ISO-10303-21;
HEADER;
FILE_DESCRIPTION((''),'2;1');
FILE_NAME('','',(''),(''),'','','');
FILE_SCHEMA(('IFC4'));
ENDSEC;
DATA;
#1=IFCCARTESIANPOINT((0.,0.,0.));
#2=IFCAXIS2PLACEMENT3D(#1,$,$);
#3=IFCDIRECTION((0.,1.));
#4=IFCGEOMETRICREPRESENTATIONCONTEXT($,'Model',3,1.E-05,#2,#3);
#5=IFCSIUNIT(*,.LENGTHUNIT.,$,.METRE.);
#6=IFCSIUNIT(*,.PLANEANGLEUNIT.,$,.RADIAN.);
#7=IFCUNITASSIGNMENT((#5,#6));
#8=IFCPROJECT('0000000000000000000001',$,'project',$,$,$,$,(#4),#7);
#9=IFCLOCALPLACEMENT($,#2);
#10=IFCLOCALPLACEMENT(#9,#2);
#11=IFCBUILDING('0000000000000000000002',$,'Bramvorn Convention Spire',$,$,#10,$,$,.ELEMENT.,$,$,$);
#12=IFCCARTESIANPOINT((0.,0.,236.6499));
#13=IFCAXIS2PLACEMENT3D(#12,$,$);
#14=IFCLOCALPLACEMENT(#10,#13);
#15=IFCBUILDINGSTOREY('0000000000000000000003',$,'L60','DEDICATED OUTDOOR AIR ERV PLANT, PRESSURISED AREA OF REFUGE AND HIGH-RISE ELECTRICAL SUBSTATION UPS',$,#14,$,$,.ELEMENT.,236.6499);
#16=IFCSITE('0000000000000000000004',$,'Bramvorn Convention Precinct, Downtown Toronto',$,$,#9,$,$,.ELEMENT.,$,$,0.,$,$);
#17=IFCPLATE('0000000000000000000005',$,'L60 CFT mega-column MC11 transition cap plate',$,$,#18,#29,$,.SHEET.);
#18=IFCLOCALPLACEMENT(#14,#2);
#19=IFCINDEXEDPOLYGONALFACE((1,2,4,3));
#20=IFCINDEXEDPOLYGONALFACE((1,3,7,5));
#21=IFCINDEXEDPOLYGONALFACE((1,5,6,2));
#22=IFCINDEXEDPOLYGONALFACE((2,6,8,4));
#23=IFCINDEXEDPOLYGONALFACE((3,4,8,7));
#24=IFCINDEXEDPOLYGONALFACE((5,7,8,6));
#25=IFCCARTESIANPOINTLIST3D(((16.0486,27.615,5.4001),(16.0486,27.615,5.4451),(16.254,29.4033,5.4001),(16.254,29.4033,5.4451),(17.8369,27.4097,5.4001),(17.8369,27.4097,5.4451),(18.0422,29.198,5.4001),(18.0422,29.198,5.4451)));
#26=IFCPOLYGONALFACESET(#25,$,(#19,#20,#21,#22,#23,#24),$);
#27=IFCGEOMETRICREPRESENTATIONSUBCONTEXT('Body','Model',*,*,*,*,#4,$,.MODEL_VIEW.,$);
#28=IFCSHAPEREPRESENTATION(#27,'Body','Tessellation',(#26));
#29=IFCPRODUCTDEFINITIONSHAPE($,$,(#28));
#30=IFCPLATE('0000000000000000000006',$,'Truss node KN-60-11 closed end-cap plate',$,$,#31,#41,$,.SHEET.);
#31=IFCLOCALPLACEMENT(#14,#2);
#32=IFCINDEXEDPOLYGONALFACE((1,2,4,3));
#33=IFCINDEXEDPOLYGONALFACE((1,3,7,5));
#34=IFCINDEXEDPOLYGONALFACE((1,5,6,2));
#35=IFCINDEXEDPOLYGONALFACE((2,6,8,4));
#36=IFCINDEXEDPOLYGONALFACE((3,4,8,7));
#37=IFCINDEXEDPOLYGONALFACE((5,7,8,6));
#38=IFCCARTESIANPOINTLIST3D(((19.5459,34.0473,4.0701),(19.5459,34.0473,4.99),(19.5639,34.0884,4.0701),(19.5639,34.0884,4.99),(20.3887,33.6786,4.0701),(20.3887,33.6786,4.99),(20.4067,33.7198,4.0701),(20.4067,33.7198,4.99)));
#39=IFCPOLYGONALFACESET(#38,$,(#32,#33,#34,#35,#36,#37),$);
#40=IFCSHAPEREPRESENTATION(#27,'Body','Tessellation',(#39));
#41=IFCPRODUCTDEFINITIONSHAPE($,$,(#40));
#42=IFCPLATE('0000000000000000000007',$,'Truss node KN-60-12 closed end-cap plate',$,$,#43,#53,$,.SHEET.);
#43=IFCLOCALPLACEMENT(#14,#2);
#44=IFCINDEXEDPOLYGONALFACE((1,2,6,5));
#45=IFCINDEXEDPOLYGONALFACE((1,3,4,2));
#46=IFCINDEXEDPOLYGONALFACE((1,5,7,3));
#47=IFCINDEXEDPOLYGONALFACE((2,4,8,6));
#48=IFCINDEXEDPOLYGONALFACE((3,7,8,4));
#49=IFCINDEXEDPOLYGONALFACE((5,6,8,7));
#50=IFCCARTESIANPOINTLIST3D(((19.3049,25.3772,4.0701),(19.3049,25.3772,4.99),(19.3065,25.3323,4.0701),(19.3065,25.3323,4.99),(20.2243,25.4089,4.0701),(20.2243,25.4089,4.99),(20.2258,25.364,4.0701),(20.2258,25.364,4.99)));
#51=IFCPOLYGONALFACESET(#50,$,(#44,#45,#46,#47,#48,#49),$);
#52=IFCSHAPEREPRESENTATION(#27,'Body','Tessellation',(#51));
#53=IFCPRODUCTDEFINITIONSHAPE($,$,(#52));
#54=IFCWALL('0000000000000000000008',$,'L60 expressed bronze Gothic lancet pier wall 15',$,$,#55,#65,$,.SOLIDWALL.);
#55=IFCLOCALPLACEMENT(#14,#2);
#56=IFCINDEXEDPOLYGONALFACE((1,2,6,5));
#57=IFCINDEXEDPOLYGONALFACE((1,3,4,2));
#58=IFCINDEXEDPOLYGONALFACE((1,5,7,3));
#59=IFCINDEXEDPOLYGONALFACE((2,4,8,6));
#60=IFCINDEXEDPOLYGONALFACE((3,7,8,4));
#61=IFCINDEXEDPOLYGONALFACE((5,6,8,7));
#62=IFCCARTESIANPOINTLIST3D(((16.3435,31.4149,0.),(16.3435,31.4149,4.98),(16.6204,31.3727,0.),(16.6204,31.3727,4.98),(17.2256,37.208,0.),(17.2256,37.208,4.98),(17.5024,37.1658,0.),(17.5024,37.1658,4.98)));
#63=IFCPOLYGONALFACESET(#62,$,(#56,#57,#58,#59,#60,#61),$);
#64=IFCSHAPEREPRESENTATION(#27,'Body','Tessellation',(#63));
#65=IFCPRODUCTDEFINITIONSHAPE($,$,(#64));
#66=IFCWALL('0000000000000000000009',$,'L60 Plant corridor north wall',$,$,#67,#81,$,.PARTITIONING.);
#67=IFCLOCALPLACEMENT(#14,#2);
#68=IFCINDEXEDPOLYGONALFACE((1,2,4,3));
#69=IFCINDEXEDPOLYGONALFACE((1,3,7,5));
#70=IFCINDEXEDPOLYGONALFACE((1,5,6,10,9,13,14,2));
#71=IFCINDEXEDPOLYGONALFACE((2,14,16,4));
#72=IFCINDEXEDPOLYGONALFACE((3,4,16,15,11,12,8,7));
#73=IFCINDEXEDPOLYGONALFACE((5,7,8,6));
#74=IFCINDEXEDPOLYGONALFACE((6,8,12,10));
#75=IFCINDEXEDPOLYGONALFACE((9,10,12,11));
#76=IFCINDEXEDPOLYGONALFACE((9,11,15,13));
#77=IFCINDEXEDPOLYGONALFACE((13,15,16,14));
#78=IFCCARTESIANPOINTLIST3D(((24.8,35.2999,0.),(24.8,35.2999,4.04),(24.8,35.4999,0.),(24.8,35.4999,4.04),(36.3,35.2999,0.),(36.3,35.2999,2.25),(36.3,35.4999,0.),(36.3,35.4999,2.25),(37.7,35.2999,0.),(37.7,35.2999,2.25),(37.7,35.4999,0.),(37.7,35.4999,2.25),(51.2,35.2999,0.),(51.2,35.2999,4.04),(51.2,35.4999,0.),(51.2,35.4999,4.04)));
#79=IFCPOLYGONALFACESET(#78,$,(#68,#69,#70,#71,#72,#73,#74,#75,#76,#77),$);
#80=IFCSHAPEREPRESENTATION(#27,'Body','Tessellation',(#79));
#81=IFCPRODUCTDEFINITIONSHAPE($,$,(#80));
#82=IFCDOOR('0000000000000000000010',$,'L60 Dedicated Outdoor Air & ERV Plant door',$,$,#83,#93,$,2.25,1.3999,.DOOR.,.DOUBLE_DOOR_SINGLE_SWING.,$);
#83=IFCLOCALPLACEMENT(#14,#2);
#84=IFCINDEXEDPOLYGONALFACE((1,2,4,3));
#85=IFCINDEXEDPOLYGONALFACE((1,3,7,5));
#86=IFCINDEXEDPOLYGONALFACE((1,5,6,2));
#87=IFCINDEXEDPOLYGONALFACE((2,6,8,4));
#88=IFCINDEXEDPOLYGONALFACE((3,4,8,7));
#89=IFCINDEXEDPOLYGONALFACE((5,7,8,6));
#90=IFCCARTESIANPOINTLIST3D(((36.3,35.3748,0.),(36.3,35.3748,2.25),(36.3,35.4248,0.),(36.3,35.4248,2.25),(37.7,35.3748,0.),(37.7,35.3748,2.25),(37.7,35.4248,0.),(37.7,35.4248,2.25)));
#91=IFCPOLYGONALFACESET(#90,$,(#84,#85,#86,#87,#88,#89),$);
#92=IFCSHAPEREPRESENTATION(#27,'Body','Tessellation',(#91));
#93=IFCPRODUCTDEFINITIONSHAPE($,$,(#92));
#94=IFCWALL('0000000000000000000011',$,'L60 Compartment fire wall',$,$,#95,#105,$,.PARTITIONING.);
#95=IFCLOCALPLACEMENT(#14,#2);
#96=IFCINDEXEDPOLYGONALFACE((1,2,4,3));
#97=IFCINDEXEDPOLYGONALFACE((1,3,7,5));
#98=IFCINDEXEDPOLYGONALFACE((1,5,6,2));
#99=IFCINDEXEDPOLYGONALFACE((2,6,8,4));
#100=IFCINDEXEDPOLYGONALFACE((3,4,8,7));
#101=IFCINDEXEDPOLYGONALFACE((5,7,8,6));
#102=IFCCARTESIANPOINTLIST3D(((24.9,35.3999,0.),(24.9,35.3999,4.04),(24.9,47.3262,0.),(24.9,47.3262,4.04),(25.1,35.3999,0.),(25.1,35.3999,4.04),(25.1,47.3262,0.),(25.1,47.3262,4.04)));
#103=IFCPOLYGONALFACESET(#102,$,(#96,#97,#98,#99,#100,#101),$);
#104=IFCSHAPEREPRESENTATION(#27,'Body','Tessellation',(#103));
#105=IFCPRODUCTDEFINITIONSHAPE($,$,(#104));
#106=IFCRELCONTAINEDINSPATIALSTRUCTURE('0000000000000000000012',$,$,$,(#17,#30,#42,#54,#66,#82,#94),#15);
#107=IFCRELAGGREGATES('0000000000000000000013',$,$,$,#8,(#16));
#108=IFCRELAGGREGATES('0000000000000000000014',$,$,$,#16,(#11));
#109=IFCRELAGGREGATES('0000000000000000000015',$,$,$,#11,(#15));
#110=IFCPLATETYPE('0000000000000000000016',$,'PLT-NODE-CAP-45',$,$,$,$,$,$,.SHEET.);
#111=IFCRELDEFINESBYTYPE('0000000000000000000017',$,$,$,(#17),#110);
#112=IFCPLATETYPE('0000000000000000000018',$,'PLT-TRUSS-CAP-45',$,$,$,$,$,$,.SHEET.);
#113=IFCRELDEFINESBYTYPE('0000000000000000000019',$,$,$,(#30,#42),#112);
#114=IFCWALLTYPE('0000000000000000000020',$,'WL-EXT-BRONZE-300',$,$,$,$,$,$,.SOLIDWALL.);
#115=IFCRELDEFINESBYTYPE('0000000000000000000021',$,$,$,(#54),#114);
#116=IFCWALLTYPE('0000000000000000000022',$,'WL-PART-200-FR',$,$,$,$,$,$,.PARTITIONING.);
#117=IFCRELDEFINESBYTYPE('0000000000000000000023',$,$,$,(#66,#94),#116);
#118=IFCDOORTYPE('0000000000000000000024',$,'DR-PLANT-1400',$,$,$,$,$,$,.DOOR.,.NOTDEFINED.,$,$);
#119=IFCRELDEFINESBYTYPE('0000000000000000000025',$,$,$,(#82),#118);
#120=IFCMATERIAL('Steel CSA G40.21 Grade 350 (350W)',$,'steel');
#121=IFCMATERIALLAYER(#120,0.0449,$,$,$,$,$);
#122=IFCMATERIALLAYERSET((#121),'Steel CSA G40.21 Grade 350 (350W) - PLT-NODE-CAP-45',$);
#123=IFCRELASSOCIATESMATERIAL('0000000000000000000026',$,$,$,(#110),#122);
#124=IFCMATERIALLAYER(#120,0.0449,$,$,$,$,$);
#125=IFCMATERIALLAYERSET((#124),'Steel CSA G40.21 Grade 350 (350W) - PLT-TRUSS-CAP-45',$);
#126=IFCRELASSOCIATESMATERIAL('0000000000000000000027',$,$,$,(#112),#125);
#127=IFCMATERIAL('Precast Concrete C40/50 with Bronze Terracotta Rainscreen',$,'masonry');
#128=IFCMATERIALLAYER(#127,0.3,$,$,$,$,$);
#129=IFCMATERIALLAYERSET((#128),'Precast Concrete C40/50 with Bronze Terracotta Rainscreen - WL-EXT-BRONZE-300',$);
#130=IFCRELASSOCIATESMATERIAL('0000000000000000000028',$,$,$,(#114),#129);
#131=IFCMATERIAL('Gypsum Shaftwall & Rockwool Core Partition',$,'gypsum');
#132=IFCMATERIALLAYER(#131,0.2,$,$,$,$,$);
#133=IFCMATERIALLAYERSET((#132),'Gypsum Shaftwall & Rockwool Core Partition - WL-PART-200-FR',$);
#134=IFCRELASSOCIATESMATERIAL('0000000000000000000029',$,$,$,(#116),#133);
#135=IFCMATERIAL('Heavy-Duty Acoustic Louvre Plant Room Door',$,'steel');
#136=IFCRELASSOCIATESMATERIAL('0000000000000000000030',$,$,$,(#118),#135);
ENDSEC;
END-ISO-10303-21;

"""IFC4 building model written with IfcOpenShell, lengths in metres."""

from ifc_helpers import new_model, si_unit, direction, frame, frame_2d, origin, origin_2d, place, context, subcontext, project, spatial, rectangle, extrude, material, layer, layer_set, type_object, element, fill, save


model = new_model("IFC4")

# Units and contexts
model_context = context("Model", 3, precision=1e-05, world=origin(), true_north=direction((0.0, 1.0)))
body_context = subcontext(model_context, "Body", "Model", "MODEL_VIEW")
ifc_project = project(units=[si_unit("LENGTHUNIT", "METRE"), si_unit("PLANEANGLEUNIT", "RADIAN")], contexts=[model_context])

# Site, building, storey
site_placement = place(None, origin())
site = spatial("IfcSite", under=ifc_project, at=site_placement, Name="Bramvorn Convention Precinct, Downtown Toronto", CompositionType="ELEMENT", RefElevation=0.0)
building_placement = place(site_placement, origin())
building = spatial("IfcBuilding", under=site, at=building_placement, Name="Bramvorn Convention Spire", CompositionType="ELEMENT")
storey_placement = place(building_placement, frame((0.0, 0.0, 236.6499)))
storey = spatial("IfcBuildingStorey", under=building, at=storey_placement, Name="L60", Description="DEDICATED OUTDOOR AIR ERV PLANT, PRESSURISED AREA OF REFUGE AND HIGH-RISE ELECTRICAL SUBSTATION UPS", CompositionType="ELEMENT", Elevation=236.6499)

# Shared definitions
ifc_material_1 = material(Name="Steel CSA G40.21 Grade 350 (350W)", Category="steel")

# Plates
ifc_layer_1 = layer(ifc_material_1, 0.0449)
ifc_layer_set_1 = layer_set([ifc_layer_1], Name="Steel CSA G40.21 Grade 350 (350W) - PLT-NODE-CAP-45")
plate_type_1 = type_object("IfcPlateType", Name="PLT-NODE-CAP-45", PredefinedType="SHEET", material=ifc_layer_set_1)
for number, where, z_axis, x_axis, name in (
    (1, (17.0454, 28.4065, 5.4001), (0.0, 0.0, 1.0), (-0.99347, 0.114098, 0.0), "L60 CFT mega-column MC11 transition cap plate"),
):
    element("IfcPlate", number, at=place(storey_placement, frame(where, z_axis=z_axis, x_axis=x_axis)), inside=storey, type_object=plate_type_1, Name=name, PredefinedType="SHEET", context=body_context, shape_type="SweptSolid", body=[
        extrude(rectangle(XDim=1.8, YDim=1.8, at=origin_2d()), origin(), (0.0, 0.0, 1.0), 0.0449),
    ])
ifc_layer_2 = layer(ifc_material_1, 0.0449)
ifc_layer_set_2 = layer_set([ifc_layer_2], Name="Steel CSA G40.21 Grade 350 (350W) - PLT-TRUSS-CAP-45")
plate_type_2 = type_object("IfcPlateType", Name="PLT-TRUSS-CAP-45", PredefinedType="SHEET", material=ifc_layer_set_2)
for number, where, z_axis, x_axis, name in (
    (2, (19.9763, 33.8835, 4.0701), (0.0, 0.0, 1.0), (-0.916192, 0.400739, 0.0), "Truss node KN-60-11 closed end-cap plate"),
    (3, (19.7654, 25.3706, 4.0701), (0.0, 0.0, 1.0), (-0.999405, -0.034502, 0.0), "Truss node KN-60-12 closed end-cap plate"),
):
    element("IfcPlate", number, at=place(storey_placement, frame(where, z_axis=z_axis, x_axis=x_axis)), inside=storey, type_object=plate_type_2, Name=name, PredefinedType="SHEET", context=body_context, shape_type="SweptSolid", body=[
        extrude(rectangle(XDim=0.9199, YDim=0.0449, at=origin_2d()), origin(), (0.0, 0.0, 1.0), 0.9199),
    ])

# Wall
ifc_material_2 = material(Name="Precast Concrete C40/50 with Bronze Terracotta Rainscreen", Category="masonry")
ifc_layer_3 = layer(ifc_material_2, 0.3)
ifc_layer_set_3 = layer_set([ifc_layer_3], Name="Precast Concrete C40/50 with Bronze Terracotta Rainscreen - WL-EXT-BRONZE-300")
wall_type_1 = type_object("IfcWallType", Name="WL-EXT-BRONZE-300", PredefinedType="SOLIDWALL", material=ifc_layer_set_3)
wall_1_placement = place(storey_placement, frame((16.4819, 31.3938, 0.0), z_axis=(0.0, 0.0, 1.0), x_axis=(0.150526, 0.988606, 0.0)))
element("IfcWall", 4, at=wall_1_placement, inside=storey, type_object=wall_type_1, Name="L60 expressed bronze Gothic lancet pier wall 15", PredefinedType="SOLIDWALL", context=body_context, shape_type="SweptSolid", body=[
    extrude(rectangle(XDim=5.8599, YDim=0.28, at=frame_2d((2.9299, 0.0))), origin(), (0.0, 0.0, 1.0), 4.98),
])

# Wall, opening, door
ifc_material_3 = material(Name="Gypsum Shaftwall & Rockwool Core Partition", Category="gypsum")
ifc_layer_4 = layer(ifc_material_3, 0.2)
ifc_layer_set_4 = layer_set([ifc_layer_4], Name="Gypsum Shaftwall & Rockwool Core Partition - WL-PART-200-FR")
wall_type_2 = type_object("IfcWallType", Name="WL-PART-200-FR", PredefinedType="PARTITIONING", material=ifc_layer_set_4)
wall_2_placement = place(storey_placement, frame((24.8, 35.3999, 0.0), z_axis=(0.0, 0.0, 1.0), x_axis=(1.0, 0.0, 0.0)))
wall_2 = element("IfcWall", 5, at=wall_2_placement, inside=storey, type_object=wall_type_2, Name="L60 Plant corridor north wall", PredefinedType="PARTITIONING", context=body_context, shape_type="SweptSolid", body=[
    extrude(rectangle(XDim=26.3999, YDim=0.2, at=frame_2d((13.2, 0.0))), origin(), (0.0, 0.0, 1.0), 4.04),
])
opening_placement = place(wall_2_placement, frame((11.5, 0.0, 0.0)))
opening = element("IfcOpeningElement", 6, at=opening_placement, cuts=wall_2, PredefinedType="OPENING", context=body_context, shape_type="SweptSolid", body=[
    extrude(rectangle(XDim=1.3999, YDim=2.25, at=frame_2d((0.7, 1.125))), frame((0.0, 0.1099, 0.0), z_axis=(0.0, -1.0, 0.0), x_axis=(1.0, 0.0, 0.0)), (0.0, 0.0, 1.0), 0.22),
])
ifc_material_4 = material(Name="Heavy-Duty Acoustic Louvre Plant Room Door", Category="steel")
door_type = type_object("IfcDoorType", Name="DR-PLANT-1400", OperationType="NOTDEFINED", PredefinedType="DOOR", material=ifc_material_4)
door_placement = place(opening_placement, origin())
door = element("IfcDoor", 7, at=door_placement, inside=storey, type_object=door_type, Name="L60 Dedicated Outdoor Air & ERV Plant door", OperationType="DOUBLE_DOOR_SINGLE_SWING", OverallHeight=2.25, OverallWidth=1.3999, PredefinedType="DOOR", context=body_context, shape_type="SweptSolid", body=[
    extrude(rectangle(XDim=1.3999, YDim=2.25, at=frame_2d((0.7, 1.125))), frame((0.0, 0.0249, 0.0), z_axis=(0.0, -1.0, 0.0), x_axis=(1.0, 0.0, 0.0)), (0.0, 0.0, 1.0), 0.05),
])
fill(opening, door)

# Wall
wall_3_placement = place(storey_placement, frame((25.0, 35.3999, 0.0), z_axis=(0.0, 0.0, 1.0), x_axis=(0.0, 1.0, 0.0)))
element("IfcWall", 8, at=wall_3_placement, inside=storey, type_object=wall_type_2, Name="L60 Compartment fire wall", PredefinedType="PARTITIONING", context=body_context, shape_type="SweptSolid", body=[
    extrude(rectangle(XDim=11.9263, YDim=0.2, at=frame_2d((5.9631, 0.0))), origin(), (0.0, 0.0, 1.0), 4.04),
])

save(model, "model.ifc")
